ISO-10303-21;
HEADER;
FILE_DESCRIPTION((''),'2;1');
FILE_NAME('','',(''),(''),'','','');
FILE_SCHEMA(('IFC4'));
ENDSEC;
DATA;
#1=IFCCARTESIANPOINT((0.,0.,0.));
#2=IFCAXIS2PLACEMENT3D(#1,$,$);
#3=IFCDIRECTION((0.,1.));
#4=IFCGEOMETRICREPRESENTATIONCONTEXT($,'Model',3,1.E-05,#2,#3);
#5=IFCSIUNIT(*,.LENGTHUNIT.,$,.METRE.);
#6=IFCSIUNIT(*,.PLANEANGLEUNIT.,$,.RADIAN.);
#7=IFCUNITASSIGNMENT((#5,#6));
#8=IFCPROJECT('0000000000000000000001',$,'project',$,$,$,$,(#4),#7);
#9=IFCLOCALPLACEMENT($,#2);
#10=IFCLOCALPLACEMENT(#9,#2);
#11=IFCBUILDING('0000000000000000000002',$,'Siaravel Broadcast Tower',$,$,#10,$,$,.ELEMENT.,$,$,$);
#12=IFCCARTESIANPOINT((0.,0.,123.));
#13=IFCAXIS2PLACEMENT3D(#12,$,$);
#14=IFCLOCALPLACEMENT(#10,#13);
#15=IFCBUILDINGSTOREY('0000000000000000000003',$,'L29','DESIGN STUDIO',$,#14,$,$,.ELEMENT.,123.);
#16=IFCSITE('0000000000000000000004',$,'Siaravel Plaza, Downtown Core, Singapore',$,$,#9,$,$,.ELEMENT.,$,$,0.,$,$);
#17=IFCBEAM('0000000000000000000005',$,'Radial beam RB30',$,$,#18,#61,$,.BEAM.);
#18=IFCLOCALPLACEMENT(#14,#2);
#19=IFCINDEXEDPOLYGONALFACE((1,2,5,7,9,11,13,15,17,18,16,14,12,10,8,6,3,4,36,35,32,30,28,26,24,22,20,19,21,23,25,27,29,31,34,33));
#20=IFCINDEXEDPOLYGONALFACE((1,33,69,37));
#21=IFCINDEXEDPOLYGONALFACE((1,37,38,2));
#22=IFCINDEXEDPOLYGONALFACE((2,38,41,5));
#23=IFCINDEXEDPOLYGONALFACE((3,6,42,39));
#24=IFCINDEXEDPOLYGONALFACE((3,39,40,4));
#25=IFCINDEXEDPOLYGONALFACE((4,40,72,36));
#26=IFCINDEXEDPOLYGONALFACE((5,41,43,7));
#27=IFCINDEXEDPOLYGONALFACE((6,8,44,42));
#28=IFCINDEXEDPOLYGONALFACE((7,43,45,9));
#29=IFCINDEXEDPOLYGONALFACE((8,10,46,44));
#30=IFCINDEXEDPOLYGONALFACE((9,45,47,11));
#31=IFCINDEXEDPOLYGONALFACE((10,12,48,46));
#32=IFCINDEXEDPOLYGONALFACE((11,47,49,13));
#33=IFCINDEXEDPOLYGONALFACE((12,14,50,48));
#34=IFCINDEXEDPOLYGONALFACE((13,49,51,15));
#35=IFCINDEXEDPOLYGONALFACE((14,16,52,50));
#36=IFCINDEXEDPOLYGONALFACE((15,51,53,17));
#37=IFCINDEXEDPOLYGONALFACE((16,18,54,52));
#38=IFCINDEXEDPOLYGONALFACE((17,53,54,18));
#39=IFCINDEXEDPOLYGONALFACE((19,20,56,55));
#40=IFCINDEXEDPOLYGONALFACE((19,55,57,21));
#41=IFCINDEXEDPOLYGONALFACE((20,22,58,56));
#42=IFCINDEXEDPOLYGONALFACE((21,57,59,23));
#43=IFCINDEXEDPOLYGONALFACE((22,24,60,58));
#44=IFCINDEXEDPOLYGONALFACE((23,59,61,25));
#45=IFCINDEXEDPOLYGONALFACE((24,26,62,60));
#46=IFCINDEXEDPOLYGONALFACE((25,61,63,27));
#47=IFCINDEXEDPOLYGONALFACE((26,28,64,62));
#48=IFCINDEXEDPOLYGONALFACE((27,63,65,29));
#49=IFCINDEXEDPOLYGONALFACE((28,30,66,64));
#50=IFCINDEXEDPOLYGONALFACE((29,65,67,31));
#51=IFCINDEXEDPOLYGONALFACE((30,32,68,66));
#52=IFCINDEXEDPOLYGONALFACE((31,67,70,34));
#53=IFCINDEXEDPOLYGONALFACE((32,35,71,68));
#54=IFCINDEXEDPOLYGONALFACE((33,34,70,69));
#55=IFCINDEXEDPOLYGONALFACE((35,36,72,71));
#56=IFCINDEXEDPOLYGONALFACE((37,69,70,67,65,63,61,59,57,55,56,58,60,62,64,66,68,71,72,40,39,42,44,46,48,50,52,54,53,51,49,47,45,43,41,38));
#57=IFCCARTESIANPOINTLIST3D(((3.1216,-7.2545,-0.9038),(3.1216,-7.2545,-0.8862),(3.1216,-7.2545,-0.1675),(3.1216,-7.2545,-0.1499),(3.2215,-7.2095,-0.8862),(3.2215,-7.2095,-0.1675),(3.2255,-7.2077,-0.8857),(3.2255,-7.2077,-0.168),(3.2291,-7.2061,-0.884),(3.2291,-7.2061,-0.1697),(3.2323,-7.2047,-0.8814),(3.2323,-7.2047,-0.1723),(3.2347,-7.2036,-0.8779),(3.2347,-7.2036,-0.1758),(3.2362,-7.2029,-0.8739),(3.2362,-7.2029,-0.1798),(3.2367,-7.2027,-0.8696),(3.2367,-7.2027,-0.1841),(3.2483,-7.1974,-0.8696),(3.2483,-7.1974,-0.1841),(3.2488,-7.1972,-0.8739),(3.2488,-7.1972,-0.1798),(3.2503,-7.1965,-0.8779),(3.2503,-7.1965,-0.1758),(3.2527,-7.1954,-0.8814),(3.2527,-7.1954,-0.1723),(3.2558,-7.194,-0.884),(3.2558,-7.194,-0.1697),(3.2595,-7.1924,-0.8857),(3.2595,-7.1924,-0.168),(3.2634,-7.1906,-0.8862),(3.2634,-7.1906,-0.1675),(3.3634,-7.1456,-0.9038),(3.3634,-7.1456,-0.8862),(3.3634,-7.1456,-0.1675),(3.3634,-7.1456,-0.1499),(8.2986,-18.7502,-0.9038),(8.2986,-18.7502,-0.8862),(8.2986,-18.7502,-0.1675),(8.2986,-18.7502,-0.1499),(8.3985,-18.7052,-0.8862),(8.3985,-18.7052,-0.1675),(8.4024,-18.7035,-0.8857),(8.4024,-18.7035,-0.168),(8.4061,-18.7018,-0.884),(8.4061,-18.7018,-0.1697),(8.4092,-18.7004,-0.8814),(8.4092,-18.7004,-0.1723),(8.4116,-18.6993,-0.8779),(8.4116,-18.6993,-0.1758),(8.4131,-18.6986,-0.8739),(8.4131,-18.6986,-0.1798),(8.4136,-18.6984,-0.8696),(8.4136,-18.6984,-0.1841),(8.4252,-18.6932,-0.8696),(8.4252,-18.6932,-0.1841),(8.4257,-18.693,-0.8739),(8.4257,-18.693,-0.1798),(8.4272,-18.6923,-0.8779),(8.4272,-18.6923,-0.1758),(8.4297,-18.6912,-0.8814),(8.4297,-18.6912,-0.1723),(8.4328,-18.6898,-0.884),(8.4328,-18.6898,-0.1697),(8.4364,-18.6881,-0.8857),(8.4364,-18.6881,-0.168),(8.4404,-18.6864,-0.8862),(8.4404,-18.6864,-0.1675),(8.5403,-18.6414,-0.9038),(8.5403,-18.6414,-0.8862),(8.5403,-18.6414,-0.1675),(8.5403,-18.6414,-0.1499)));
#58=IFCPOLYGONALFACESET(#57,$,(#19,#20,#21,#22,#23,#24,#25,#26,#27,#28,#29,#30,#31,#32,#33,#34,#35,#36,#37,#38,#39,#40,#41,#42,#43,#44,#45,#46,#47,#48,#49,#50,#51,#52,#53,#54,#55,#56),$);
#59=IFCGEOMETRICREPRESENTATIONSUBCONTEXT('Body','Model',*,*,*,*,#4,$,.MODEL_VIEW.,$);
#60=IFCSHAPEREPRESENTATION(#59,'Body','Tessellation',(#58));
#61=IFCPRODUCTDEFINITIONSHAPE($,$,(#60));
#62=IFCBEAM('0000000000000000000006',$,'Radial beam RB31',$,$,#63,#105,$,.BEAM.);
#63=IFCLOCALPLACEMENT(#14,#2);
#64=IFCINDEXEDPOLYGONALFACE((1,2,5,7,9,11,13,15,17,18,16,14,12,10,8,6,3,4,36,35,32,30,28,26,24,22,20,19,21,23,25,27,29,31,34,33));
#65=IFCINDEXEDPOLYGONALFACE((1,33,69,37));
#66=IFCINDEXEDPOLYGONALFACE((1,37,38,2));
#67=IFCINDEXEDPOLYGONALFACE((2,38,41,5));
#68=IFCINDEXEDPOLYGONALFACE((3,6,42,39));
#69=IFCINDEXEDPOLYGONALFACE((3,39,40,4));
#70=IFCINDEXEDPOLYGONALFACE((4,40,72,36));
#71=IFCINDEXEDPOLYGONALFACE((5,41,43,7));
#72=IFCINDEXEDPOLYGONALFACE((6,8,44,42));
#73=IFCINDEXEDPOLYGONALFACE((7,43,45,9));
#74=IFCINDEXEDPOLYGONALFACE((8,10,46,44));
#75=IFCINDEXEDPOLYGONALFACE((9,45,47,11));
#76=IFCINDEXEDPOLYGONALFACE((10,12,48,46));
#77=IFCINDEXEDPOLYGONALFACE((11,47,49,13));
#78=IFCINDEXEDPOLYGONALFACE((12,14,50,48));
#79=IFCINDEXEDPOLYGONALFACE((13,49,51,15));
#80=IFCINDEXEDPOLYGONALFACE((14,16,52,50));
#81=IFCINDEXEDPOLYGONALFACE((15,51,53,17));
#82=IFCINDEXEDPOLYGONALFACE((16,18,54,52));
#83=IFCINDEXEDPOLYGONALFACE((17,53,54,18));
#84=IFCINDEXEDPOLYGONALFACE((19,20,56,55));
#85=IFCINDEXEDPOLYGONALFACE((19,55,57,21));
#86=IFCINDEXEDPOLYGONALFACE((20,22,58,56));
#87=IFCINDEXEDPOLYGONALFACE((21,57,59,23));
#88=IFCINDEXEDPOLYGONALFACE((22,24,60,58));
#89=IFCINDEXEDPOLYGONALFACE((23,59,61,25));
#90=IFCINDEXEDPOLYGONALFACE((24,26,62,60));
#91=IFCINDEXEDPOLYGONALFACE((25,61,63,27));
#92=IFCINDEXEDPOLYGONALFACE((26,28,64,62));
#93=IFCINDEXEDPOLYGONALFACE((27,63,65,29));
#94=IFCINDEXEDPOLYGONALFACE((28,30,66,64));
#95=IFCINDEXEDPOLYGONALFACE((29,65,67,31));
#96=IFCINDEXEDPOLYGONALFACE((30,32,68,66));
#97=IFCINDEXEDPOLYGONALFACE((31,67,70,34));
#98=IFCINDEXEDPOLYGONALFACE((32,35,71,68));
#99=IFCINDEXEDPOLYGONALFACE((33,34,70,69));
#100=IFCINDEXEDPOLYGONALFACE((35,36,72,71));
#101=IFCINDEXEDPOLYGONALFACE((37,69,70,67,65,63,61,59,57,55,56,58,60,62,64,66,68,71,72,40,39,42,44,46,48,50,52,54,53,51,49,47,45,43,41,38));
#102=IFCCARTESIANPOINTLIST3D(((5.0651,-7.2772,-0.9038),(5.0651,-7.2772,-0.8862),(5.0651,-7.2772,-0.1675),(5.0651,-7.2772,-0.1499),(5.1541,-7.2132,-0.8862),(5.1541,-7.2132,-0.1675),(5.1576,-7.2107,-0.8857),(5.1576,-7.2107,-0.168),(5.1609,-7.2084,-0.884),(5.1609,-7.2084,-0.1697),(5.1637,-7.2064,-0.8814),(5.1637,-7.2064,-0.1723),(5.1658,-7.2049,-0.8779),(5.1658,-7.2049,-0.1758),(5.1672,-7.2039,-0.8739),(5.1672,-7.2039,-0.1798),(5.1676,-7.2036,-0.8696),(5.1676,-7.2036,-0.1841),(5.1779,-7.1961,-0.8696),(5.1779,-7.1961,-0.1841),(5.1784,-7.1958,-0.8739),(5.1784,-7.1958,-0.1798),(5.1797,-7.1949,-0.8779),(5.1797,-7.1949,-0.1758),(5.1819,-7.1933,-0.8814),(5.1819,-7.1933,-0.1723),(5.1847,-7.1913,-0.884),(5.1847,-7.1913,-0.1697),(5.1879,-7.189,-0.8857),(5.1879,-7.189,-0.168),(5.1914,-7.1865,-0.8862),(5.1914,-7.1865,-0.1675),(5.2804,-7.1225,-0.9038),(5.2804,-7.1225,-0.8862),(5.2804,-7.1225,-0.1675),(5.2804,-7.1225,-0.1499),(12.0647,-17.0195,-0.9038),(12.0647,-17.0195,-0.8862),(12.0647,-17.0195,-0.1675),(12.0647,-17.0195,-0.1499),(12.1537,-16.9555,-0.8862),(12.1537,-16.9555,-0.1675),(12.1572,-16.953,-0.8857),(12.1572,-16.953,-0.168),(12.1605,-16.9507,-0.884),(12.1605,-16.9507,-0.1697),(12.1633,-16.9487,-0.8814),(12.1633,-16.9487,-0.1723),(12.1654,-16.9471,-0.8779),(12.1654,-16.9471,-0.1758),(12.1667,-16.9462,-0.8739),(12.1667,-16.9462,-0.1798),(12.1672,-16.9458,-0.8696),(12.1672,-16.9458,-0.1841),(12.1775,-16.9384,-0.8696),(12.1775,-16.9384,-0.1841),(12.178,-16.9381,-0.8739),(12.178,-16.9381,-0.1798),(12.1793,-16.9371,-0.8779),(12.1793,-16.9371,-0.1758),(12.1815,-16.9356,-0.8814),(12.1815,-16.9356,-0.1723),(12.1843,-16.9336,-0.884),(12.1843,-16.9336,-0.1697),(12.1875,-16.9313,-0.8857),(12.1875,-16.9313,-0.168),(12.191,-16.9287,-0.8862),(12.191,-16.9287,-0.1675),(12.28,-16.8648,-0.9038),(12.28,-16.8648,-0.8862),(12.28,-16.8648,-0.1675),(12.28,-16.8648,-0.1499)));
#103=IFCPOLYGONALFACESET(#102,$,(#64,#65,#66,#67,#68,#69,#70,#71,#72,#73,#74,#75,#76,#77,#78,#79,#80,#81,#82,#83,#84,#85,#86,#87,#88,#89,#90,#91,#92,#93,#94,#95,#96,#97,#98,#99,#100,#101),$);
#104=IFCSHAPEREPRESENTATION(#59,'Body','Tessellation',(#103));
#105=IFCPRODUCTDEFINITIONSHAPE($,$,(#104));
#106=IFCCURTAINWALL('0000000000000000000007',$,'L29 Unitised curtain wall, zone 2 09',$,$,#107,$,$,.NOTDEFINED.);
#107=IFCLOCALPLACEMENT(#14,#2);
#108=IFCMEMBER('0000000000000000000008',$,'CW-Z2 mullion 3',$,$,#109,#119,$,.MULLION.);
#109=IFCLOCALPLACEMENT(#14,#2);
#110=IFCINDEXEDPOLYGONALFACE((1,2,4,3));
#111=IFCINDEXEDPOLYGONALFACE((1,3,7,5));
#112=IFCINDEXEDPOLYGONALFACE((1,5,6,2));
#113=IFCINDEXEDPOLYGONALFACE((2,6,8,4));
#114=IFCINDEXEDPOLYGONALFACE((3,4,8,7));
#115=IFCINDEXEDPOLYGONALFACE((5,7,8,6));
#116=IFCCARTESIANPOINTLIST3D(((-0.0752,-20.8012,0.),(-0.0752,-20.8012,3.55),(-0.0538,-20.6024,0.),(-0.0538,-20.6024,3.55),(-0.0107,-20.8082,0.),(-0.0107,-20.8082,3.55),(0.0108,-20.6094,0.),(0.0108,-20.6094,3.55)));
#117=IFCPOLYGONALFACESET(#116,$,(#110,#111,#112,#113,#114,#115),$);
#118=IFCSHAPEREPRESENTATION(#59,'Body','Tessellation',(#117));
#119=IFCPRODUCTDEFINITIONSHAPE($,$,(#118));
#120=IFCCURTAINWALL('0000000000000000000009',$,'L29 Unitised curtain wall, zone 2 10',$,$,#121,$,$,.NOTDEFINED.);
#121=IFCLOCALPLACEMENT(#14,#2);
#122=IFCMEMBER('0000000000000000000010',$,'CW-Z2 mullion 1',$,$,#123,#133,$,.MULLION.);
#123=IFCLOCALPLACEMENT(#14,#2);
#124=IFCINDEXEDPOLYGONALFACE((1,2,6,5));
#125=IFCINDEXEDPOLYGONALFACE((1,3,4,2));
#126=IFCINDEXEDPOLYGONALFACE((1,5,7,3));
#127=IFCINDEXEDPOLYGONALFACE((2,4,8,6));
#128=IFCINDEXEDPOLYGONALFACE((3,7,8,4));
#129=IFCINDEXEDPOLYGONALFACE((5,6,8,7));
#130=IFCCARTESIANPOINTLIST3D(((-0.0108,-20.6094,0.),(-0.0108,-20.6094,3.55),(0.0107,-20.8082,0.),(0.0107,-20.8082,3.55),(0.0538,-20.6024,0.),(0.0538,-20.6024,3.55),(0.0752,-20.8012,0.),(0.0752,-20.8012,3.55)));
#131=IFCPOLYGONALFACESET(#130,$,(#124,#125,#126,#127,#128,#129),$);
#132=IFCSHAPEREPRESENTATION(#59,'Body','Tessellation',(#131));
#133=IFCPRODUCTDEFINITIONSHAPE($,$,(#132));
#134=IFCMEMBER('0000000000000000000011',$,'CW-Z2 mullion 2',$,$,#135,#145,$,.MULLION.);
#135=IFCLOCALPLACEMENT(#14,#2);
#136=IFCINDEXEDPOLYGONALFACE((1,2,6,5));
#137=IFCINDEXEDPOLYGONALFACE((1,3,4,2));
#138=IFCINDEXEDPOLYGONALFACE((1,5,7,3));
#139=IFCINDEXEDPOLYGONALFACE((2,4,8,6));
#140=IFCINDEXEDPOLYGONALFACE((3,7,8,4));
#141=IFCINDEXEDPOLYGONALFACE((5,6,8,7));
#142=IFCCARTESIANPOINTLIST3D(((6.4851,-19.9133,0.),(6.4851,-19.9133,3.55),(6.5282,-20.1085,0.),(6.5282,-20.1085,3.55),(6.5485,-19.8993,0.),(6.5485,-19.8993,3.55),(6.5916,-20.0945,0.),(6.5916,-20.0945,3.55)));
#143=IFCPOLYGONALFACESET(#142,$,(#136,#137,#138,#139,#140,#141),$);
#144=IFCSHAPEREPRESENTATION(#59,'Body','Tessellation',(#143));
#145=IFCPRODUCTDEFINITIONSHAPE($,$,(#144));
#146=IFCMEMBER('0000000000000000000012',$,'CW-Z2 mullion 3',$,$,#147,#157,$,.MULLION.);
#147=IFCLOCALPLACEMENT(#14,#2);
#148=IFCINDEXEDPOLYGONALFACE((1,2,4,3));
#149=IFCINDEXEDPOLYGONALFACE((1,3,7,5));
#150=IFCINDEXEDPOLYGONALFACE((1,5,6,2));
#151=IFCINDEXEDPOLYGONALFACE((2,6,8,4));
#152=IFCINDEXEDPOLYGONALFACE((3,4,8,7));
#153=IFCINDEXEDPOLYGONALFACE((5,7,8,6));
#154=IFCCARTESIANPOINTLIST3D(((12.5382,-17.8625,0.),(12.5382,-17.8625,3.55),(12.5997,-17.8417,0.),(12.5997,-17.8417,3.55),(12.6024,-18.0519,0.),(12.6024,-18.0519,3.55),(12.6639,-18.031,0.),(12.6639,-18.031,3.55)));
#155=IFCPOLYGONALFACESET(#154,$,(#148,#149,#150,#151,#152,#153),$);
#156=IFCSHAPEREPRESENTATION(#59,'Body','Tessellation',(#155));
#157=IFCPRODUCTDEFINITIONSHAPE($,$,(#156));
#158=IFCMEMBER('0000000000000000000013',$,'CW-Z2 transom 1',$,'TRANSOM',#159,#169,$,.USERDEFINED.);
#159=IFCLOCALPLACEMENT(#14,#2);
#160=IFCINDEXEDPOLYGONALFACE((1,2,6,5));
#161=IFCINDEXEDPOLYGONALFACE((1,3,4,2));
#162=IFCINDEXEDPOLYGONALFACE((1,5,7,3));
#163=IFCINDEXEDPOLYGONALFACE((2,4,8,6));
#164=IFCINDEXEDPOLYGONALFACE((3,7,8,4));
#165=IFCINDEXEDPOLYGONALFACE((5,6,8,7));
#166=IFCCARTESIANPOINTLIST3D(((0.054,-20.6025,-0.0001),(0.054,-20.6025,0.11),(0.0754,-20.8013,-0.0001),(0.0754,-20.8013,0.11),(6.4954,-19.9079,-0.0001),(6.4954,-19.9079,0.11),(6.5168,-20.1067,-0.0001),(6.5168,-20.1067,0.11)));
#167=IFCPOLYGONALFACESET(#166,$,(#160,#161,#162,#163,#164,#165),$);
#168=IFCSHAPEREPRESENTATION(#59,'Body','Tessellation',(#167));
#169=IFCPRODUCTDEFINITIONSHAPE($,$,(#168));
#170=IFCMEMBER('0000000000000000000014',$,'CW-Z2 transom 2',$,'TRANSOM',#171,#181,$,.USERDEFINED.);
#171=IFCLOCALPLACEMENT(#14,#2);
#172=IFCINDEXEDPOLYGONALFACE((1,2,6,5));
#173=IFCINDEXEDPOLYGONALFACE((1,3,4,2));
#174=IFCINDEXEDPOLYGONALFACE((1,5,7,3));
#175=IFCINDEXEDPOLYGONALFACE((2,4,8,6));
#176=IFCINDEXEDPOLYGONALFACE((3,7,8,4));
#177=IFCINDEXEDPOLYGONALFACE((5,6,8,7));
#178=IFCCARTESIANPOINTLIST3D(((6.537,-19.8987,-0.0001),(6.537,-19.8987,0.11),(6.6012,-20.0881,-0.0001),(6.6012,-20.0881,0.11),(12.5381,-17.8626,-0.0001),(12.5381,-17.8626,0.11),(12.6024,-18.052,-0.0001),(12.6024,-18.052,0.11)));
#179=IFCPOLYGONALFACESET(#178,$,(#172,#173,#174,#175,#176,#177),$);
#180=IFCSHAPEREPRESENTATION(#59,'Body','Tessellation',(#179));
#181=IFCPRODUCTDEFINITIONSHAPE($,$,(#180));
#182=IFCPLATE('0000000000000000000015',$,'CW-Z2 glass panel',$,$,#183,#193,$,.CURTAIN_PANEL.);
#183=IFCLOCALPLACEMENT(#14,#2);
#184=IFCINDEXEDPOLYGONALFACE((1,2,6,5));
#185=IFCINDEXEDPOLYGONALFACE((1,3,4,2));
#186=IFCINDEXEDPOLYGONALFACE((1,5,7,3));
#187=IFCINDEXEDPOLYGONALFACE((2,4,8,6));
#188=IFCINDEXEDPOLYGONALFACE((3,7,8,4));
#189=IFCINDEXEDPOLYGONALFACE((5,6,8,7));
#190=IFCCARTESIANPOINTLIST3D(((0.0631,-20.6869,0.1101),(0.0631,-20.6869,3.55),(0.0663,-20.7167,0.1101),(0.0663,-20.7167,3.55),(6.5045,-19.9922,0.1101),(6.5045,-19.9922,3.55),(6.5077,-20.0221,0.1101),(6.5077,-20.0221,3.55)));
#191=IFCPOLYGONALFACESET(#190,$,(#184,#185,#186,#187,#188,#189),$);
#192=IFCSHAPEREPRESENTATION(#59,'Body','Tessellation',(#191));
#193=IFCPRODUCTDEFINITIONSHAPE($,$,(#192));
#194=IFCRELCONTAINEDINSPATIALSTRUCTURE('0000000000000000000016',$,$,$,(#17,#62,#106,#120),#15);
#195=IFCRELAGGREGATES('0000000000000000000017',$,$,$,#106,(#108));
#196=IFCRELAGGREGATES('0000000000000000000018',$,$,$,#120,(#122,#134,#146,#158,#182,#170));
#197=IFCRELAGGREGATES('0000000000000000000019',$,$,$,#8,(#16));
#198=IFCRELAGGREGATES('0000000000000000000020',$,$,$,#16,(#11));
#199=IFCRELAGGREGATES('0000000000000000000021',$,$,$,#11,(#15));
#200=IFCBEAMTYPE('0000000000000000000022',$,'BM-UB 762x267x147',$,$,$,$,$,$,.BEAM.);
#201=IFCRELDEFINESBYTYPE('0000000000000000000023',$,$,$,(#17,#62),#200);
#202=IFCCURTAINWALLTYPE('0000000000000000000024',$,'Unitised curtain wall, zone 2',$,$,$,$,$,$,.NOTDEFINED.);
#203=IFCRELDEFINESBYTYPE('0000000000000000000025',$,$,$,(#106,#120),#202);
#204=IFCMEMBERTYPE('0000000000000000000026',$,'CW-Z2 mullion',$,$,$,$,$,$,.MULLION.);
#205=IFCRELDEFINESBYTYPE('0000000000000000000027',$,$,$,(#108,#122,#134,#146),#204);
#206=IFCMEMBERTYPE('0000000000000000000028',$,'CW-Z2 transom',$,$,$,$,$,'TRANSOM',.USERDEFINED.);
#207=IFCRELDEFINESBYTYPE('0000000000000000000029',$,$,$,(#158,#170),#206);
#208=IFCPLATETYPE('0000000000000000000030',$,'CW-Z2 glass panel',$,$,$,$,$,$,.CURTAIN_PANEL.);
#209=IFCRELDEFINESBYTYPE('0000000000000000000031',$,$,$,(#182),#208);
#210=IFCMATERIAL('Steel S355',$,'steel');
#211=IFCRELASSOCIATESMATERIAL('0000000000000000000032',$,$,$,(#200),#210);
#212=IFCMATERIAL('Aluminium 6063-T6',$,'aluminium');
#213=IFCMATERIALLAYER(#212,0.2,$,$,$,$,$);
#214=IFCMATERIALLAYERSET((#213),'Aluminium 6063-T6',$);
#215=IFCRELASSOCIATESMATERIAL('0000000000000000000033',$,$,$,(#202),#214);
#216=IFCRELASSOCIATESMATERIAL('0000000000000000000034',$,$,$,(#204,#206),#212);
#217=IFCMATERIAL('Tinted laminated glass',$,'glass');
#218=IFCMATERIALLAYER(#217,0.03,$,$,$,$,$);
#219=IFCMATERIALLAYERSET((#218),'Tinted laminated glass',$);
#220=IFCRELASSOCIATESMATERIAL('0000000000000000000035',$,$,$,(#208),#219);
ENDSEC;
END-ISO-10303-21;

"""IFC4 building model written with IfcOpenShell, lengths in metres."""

from ifc_helpers import new_model, si_unit, direction, frame, origin, origin_2d, place, context, subcontext, project, spatial, rectangle, i_section, extrude, material, layer, layer_set, material_profile, profile_set, type_object, element, aggregate, save


model = new_model("IFC4")

# Units and contexts
model_context = context("Model", 3, precision=1e-05, world=origin(), true_north=direction((0.0, 1.0)))
body_context = subcontext(model_context, "Body", "Model", "MODEL_VIEW")
ifc_project = project(units=[si_unit("LENGTHUNIT", "METRE"), si_unit("PLANEANGLEUNIT", "RADIAN")], contexts=[model_context])

# Site, building, storey
site_placement = place(None, origin())
site = spatial("IfcSite", under=ifc_project, at=site_placement, Name="Siaravel Plaza, Downtown Core, Singapore", CompositionType="ELEMENT", RefElevation=0.0)
building_placement = place(site_placement, origin())
building = spatial("IfcBuilding", under=site, at=building_placement, Name="Siaravel Broadcast Tower", CompositionType="ELEMENT")
storey_placement = place(building_placement, frame((0.0, 0.0, 123.0)))
storey = spatial("IfcBuildingStorey", under=building, at=storey_placement, Name="L29", Description="DESIGN STUDIO", CompositionType="ELEMENT", Elevation=123.0)

# Beams
ifc_material_1 = material(Name="Steel S355", Category="steel")
ifc_material_profile_1 = material_profile(ifc_material_1, i_section(OverallWidth=0.2651, OverallDepth=0.7539, WebThickness=0.0127, FlangeThickness=0.0176, FilletRadius=0.0166, at=origin_2d()))
ifc_profile_set_1 = profile_set([ifc_material_profile_1], Name="Steel S355")
beam_type = type_object("IfcBeamType", Name="BM-UB 762x267x147", PredefinedType="BEAM", material=ifc_profile_set_1)
beam_1_placement = place(storey_placement, frame((8.4194, -18.6958, -0.5269), z_axis=(-0.41062, 0.911807, 0.0), x_axis=(-0.911807, -0.41062, 0.0)))
element("IfcBeam", 1, at=beam_1_placement, inside=storey, type_object=beam_type, Name="Radial beam RB30", PredefinedType="BEAM", context=body_context, shape_type="SweptSolid", body=[
    extrude(i_section(OverallWidth=0.2651, OverallDepth=0.7539, WebThickness=0.0127, FlangeThickness=0.0176, FilletRadius=0.0166, at=origin_2d()), origin(), (0.0, 0.0, 1.0), 12.6077),
])
beam_2_placement = place(storey_placement, frame((12.1724, -16.9421, -0.5269), z_axis=(-0.583488, 0.812121, 0.0), x_axis=(-0.812121, -0.583488, 0.0)))
element("IfcBeam", 2, at=beam_2_placement, inside=storey, type_object=beam_type, Name="Radial beam RB31", PredefinedType="BEAM", context=body_context, shape_type="SweptSolid", body=[
    extrude(i_section(OverallWidth=0.2651, OverallDepth=0.7539, WebThickness=0.0127, FlangeThickness=0.0176, FilletRadius=0.0166, at=origin_2d()), origin(), (0.0, 0.0, 1.0), 11.9961),
])

# Curtain wall, member
ifc_material_2 = material(Name="Aluminium 6063-T6", Category="aluminium")
ifc_layer_1 = layer(ifc_material_2, 0.2)
ifc_layer_set_1 = layer_set([ifc_layer_1], Name="Aluminium 6063-T6")
curtain_wall_type = type_object("IfcCurtainWallType", Name="Unitised curtain wall, zone 2", PredefinedType="NOTDEFINED", material=ifc_layer_set_1)
curtain_wall_1_placement = place(storey_placement, origin())
curtain_wall_1 = element("IfcCurtainWall", 3, at=curtain_wall_1_placement, inside=storey, type_object=curtain_wall_type, Name="L29 Unitised curtain wall, zone 2 09", PredefinedType="NOTDEFINED")
ifc_material_profile_2 = material_profile(ifc_material_2, rectangle(XDim=0.2, YDim=0.0649, at=origin_2d()))
ifc_profile_set_2 = profile_set([ifc_material_profile_2], Name="Aluminium 6063-T6")
member_type_1 = type_object("IfcMemberType", Name="CW-Z2 mullion", PredefinedType="MULLION", material=ifc_profile_set_2)
member_1_placement = place(storey_placement, frame((-0.0322, -20.7053, 0.0), z_axis=(0.0, 0.0, 1.0), x_axis=(0.107217, 0.994236, 0.0)))
member_1 = element("IfcMember", 4, at=member_1_placement, type_object=member_type_1, Name="CW-Z2 mullion 3", PredefinedType="MULLION", context=body_context, shape_type="SweptSolid", body=[
    extrude(rectangle(XDim=0.2, YDim=0.0649, at=origin_2d()), origin(), (0.0, 0.0, 1.0), 3.55),
])
aggregate(curtain_wall_1, [member_1])

# Curtain wall, members, plate
curtain_wall_2_placement = place(storey_placement, origin())
curtain_wall_2 = element("IfcCurtainWall", 5, at=curtain_wall_2_placement, inside=storey, type_object=curtain_wall_type, Name="L29 Unitised curtain wall, zone 2 10", PredefinedType="NOTDEFINED")
member_2_placement = place(storey_placement, frame((0.0322, -20.7053, 0.0), z_axis=(0.0, 0.0, 1.0), x_axis=(-0.107217, 0.994236, 0.0)))
member_2 = element("IfcMember", 6, at=member_2_placement, type_object=member_type_1, Name="CW-Z2 mullion 1", PredefinedType="MULLION", context=body_context, shape_type="SweptSolid", body=[
    extrude(rectangle(XDim=0.2, YDim=0.0649, at=origin_2d()), origin(), (0.0, 0.0, 1.0), 3.55),
])
member_3_placement = place(storey_placement, frame((6.5383, -20.0039, 0.0), z_axis=(0.0, 0.0, 1.0), x_axis=(-0.215558, 0.976491, 0.0)))
member_3 = element("IfcMember", 7, at=member_3_placement, type_object=member_type_1, Name="CW-Z2 mullion 2", PredefinedType="MULLION", context=body_context, shape_type="SweptSolid", body=[
    extrude(rectangle(XDim=0.2, YDim=0.0649, at=origin_2d()), origin(), (0.0, 0.0, 1.0), 3.55),
])
member_4_placement = place(storey_placement, frame((12.6011, -17.9468, 0.0), z_axis=(0.0, 0.0, 1.0), x_axis=(-0.321301, 0.946977, 0.0)))
member_4 = element("IfcMember", 8, at=member_4_placement, type_object=member_type_1, Name="CW-Z2 mullion 3", PredefinedType="MULLION", context=body_context, shape_type="SweptSolid", body=[
    extrude(rectangle(XDim=0.2, YDim=0.0649, at=origin_2d()), origin(), (0.0, 0.0, 1.0), 3.55),
])
ifc_material_profile_3 = material_profile(ifc_material_2, rectangle(XDim=0.2, YDim=0.1101, at=origin_2d()))
ifc_profile_set_3 = profile_set([ifc_material_profile_3], Name="Aluminium 6063-T6")
member_type_2 = type_object("IfcMemberType", Name="CW-Z2 transom", ElementType="TRANSOM", PredefinedType="USERDEFINED", material=ifc_profile_set_3)
member_5_placement = place(storey_placement, frame((0.0647, -20.7019, 0.0549), z_axis=(0.994237, 0.107209, 0.0), x_axis=(-0.107209, 0.994237, 0.0)))
member_5 = element("IfcMember", 9, at=member_5_placement, type_object=member_type_2, Name="CW-Z2 transom 1", ObjectType="TRANSOM", PredefinedType="USERDEFINED", context=body_context, shape_type="SweptSolid", body=[
    extrude(rectangle(XDim=0.2, YDim=0.1101, at=origin_2d()), origin(), (0.0, 0.0, 1.0), 6.4788),
])
member_6_placement = place(storey_placement, frame((6.5691, -19.9934, 0.0549), z_axis=(0.946978, 0.321297, 0.0), x_axis=(-0.321297, 0.946978, 0.0)))
member_6 = element("IfcMember", 10, at=member_6_placement, type_object=member_type_2, Name="CW-Z2 transom 2", ObjectType="TRANSOM", PredefinedType="USERDEFINED", context=body_context, shape_type="SweptSolid", body=[
    extrude(rectangle(XDim=0.2, YDim=0.1101, at=origin_2d()), origin(), (0.0, 0.0, 1.0), 6.3372),
])
ifc_material_3 = material(Name="Tinted laminated glass", Category="glass")
ifc_layer_2 = layer(ifc_material_3, 0.03)
ifc_layer_set_2 = layer_set([ifc_layer_2], Name="Tinted laminated glass")
plate_type = type_object("IfcPlateType", Name="CW-Z2 glass panel", PredefinedType="CURTAIN_PANEL", material=ifc_layer_set_2)
plate_1_placement = place(storey_placement, frame((3.2854, -20.3545, 0.1101), z_axis=(0.0, 0.0, 1.0), x_axis=(0.994236, 0.107217, 0.0)))
plate_1 = element("IfcPlate", 11, at=plate_1_placement, type_object=plate_type, Name="CW-Z2 glass panel", PredefinedType="CURTAIN_PANEL", context=body_context, shape_type="SweptSolid", body=[
    extrude(rectangle(XDim=6.4788, YDim=0.03, at=origin_2d()), origin(), (0.0, 0.0, 1.0), 3.4399),
])
aggregate(curtain_wall_2, [member_2, member_3, member_4, member_5, plate_1, member_6])

save(model, "model.ifc")
